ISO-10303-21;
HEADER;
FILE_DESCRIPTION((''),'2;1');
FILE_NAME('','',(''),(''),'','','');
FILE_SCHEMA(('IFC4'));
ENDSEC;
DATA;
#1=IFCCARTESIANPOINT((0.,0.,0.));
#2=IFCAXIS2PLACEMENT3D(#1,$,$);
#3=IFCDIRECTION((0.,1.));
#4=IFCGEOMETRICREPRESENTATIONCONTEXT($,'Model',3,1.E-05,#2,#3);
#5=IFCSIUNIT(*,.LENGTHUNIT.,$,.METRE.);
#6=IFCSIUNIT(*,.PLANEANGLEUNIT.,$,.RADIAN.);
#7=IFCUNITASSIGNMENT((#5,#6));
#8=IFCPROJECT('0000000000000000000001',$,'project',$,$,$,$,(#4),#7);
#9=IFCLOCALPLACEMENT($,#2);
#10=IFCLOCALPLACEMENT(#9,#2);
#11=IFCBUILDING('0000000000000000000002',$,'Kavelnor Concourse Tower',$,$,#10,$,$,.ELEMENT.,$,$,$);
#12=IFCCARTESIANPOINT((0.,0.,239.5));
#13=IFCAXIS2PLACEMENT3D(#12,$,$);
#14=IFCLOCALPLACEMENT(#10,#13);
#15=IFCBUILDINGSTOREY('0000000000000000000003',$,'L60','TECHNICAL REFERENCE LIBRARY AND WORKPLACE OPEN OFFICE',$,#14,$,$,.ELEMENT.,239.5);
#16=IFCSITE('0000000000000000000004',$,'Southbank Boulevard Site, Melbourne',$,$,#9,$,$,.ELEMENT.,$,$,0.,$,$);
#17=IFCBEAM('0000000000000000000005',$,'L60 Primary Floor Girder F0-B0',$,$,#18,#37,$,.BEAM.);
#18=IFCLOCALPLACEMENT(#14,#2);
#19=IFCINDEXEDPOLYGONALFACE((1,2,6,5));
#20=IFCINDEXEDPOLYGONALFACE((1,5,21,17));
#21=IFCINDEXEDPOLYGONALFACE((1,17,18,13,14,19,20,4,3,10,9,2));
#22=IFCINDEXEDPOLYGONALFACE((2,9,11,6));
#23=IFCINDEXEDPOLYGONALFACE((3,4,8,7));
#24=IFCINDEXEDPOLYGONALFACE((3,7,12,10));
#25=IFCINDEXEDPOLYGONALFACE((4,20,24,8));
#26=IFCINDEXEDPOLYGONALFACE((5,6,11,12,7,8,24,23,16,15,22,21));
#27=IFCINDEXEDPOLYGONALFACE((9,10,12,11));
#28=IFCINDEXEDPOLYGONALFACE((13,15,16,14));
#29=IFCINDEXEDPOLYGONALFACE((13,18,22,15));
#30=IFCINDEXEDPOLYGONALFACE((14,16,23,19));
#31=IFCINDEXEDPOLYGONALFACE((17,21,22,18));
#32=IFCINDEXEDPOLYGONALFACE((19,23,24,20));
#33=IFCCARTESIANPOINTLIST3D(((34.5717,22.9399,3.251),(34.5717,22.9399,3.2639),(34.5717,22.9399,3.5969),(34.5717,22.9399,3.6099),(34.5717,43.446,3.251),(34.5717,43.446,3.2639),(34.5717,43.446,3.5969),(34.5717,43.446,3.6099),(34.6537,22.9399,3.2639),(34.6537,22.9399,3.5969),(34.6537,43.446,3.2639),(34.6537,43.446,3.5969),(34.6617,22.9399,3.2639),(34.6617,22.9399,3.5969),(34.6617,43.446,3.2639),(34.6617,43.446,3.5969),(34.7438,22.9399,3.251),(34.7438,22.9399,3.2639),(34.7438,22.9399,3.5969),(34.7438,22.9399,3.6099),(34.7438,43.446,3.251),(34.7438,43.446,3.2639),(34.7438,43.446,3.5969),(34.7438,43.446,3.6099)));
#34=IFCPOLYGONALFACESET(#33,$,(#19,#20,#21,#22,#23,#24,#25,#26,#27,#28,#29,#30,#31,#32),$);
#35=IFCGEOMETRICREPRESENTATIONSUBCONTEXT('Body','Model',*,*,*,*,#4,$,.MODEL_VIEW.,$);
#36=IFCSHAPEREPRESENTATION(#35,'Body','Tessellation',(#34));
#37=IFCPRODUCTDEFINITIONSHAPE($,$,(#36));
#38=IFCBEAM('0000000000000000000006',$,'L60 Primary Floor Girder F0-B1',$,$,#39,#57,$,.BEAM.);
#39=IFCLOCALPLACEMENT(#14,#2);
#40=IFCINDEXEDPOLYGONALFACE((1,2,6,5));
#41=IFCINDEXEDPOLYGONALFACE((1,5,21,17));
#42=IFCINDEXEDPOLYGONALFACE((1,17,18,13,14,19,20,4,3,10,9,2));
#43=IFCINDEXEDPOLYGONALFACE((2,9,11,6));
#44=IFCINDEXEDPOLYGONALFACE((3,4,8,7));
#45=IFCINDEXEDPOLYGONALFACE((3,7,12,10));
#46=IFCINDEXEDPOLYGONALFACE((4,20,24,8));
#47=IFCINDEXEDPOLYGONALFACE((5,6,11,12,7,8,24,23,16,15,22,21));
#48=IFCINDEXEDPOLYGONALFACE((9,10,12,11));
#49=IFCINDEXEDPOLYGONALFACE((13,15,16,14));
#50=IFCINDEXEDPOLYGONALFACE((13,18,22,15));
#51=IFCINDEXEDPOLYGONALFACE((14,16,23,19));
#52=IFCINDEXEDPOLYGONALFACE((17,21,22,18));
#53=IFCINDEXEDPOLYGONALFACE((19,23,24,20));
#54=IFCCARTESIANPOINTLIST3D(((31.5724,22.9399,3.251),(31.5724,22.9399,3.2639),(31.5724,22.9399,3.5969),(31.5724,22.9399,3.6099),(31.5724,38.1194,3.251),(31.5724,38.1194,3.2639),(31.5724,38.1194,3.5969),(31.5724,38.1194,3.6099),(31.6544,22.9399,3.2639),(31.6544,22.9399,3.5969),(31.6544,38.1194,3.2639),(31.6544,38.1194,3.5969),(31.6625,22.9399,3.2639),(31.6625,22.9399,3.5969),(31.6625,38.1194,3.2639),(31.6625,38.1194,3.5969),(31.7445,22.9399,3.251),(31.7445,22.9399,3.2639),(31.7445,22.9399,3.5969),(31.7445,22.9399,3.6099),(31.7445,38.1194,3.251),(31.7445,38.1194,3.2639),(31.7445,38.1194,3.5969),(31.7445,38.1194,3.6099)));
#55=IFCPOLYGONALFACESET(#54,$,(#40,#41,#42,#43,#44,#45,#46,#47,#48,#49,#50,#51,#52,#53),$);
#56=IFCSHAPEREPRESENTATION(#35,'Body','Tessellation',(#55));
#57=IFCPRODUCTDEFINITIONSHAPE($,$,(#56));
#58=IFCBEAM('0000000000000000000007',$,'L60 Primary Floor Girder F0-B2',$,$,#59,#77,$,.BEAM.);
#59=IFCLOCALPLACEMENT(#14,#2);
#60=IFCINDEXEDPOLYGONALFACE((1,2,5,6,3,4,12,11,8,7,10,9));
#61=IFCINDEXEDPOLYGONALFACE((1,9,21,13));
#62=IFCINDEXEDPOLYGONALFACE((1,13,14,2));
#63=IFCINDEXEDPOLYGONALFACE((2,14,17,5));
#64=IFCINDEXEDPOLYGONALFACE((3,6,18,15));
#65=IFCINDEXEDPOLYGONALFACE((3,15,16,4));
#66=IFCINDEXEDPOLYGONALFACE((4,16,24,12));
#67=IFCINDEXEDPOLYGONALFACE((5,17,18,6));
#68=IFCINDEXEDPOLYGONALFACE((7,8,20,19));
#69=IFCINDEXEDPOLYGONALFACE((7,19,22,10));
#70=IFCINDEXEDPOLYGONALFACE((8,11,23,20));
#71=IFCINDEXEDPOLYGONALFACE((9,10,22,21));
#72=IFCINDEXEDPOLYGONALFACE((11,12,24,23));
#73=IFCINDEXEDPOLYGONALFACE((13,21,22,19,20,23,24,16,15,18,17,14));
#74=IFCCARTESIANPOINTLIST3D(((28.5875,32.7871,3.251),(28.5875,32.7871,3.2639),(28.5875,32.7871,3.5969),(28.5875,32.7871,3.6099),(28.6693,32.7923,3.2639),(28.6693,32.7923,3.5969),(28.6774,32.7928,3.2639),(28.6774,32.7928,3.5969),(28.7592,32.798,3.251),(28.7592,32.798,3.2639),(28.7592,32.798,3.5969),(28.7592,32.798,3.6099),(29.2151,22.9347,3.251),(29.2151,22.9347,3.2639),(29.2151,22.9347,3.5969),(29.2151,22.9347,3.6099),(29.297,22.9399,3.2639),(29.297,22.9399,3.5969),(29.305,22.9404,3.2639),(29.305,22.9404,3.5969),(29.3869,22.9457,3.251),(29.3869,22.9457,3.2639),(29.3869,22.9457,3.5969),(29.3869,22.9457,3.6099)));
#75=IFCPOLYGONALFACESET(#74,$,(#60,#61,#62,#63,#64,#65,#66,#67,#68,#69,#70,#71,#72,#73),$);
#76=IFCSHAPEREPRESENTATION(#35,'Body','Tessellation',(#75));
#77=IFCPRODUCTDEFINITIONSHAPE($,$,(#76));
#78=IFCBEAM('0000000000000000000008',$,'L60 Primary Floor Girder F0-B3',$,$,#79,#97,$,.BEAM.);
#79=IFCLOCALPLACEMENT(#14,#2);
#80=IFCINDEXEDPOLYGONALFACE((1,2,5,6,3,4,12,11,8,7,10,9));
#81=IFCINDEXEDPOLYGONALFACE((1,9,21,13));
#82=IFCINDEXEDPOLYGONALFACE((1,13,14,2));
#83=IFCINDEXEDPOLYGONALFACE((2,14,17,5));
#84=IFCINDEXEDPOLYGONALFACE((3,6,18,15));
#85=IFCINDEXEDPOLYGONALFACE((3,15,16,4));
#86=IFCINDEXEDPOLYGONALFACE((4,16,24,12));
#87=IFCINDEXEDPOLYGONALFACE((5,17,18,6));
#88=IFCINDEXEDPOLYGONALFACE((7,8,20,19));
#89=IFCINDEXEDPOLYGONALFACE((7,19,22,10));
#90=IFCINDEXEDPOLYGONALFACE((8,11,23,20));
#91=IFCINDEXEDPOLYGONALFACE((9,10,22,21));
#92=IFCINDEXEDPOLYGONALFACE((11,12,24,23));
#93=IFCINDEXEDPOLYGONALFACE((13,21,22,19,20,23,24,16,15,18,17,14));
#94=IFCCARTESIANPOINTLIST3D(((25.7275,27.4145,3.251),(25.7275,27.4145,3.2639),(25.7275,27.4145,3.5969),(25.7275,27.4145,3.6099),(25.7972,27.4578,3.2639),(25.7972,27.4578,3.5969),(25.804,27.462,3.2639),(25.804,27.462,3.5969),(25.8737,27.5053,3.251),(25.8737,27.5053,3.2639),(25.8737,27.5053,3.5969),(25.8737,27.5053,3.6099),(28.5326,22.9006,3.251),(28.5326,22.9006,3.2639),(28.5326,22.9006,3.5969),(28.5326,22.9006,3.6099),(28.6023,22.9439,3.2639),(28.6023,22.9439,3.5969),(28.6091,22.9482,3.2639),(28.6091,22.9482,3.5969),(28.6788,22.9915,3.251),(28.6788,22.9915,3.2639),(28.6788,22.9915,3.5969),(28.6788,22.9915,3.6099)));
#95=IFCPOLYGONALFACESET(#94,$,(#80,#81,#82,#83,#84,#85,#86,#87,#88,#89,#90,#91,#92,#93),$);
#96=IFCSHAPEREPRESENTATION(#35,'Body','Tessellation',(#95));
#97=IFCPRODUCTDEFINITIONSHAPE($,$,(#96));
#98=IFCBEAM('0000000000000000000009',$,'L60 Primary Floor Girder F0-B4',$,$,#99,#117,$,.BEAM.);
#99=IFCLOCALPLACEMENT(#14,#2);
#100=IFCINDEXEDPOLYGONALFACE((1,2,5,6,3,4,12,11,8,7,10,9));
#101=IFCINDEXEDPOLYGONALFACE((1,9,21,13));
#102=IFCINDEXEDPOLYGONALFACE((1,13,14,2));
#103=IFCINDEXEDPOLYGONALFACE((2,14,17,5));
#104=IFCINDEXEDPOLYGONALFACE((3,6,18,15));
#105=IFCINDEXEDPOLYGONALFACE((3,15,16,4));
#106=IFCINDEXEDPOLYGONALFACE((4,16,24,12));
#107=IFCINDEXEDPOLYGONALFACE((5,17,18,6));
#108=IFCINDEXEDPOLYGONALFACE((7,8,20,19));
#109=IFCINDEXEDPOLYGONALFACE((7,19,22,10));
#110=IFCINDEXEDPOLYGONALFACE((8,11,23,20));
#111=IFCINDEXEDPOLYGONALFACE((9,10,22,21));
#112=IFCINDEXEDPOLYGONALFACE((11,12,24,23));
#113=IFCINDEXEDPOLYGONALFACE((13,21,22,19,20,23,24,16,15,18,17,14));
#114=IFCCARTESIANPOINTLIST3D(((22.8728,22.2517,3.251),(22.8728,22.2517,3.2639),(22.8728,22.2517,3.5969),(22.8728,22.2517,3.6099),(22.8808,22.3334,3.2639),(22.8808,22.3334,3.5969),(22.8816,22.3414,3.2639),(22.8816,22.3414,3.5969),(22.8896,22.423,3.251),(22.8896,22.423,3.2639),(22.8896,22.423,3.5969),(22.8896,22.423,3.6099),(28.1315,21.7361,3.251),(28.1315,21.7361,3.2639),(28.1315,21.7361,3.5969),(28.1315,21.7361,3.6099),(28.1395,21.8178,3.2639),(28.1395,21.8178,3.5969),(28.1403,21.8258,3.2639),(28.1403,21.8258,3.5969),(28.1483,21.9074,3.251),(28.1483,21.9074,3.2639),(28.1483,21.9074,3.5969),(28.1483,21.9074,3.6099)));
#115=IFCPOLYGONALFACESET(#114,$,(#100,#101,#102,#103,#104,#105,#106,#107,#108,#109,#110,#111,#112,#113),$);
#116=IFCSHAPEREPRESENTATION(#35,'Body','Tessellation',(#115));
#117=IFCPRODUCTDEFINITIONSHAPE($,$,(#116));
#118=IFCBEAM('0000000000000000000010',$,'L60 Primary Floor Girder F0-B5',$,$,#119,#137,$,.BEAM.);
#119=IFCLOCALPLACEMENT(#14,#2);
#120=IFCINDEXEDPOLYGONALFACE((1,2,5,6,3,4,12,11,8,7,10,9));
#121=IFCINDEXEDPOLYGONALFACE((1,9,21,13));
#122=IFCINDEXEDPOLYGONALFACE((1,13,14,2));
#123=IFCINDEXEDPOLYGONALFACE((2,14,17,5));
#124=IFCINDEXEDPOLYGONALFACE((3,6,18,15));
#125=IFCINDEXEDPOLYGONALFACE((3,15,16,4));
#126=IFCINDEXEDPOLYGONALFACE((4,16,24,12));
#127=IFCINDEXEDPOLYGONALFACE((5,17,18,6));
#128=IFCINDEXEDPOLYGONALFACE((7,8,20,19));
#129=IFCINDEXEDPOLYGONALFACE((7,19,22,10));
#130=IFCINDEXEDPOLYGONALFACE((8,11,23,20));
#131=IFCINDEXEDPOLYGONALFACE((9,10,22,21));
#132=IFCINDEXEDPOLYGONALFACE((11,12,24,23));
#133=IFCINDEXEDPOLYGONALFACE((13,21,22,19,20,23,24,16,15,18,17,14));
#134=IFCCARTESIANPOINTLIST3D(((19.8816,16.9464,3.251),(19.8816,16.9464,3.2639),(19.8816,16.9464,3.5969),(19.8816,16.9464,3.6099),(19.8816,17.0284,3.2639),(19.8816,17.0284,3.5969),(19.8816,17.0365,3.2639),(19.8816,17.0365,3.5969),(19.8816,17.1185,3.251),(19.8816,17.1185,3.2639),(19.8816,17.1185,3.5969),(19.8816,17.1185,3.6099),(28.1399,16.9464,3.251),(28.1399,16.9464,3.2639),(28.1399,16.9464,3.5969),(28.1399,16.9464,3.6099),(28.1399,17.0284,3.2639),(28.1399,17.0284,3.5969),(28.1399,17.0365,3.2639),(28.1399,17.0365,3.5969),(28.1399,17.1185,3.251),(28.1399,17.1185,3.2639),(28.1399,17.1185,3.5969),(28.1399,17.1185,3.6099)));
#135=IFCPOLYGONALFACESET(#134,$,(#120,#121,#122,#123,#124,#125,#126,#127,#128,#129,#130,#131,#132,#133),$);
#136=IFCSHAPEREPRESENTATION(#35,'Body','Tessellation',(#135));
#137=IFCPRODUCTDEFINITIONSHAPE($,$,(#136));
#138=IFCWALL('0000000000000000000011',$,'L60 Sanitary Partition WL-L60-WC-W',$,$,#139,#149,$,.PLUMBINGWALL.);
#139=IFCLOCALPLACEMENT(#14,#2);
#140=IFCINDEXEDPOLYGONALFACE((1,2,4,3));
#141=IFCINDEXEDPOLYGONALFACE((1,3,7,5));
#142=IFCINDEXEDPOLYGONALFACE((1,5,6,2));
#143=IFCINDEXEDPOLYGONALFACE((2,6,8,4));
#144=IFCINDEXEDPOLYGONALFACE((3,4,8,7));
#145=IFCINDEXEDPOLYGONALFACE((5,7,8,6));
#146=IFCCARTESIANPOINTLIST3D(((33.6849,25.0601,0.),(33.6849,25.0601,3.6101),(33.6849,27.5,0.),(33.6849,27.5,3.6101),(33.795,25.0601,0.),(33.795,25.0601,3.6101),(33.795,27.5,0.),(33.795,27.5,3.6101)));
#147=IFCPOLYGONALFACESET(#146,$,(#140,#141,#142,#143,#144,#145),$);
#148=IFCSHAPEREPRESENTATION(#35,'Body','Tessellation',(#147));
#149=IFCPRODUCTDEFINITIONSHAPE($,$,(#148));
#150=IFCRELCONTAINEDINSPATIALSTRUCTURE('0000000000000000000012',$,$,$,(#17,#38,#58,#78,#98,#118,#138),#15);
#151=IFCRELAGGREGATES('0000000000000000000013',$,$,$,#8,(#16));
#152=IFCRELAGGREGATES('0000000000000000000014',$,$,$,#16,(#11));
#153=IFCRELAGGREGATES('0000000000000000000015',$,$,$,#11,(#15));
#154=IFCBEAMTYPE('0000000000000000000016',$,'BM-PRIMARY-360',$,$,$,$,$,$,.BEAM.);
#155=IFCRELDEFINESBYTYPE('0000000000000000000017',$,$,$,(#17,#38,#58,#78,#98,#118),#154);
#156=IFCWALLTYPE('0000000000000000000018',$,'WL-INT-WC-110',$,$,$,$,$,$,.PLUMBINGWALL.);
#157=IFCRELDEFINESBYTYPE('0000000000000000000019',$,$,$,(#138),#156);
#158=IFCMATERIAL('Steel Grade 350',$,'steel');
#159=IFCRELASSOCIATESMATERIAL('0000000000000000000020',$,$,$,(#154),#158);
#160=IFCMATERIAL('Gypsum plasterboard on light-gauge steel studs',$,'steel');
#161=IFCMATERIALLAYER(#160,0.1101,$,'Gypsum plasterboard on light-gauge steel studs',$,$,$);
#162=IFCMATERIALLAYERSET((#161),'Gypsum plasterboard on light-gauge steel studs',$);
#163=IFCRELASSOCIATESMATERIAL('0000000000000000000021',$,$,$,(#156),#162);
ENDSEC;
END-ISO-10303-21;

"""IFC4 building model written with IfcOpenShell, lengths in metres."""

from ifc_helpers import new_model, si_unit, direction, frame, frame_2d, origin, origin_2d, place, context, subcontext, project, spatial, rectangle, i_section, extrude, material, layer, layer_set, material_profile, profile_set, type_object, element, save


model = new_model("IFC4")

# Units and contexts
model_context = context("Model", 3, precision=1e-05, world=origin(), true_north=direction((0.0, 1.0)))
body_context = subcontext(model_context, "Body", "Model", "MODEL_VIEW")
ifc_project = project(units=[si_unit("LENGTHUNIT", "METRE"), si_unit("PLANEANGLEUNIT", "RADIAN")], contexts=[model_context])

# Site, building, storey
site_placement = place(None, origin())
site = spatial("IfcSite", under=ifc_project, at=site_placement, Name="Southbank Boulevard Site, Melbourne", CompositionType="ELEMENT", RefElevation=0.0)
building_placement = place(site_placement, origin())
building = spatial("IfcBuilding", under=site, at=building_placement, Name="Kavelnor Concourse Tower", CompositionType="ELEMENT")
storey_placement = place(building_placement, frame((0.0, 0.0, 239.5)))
storey = spatial("IfcBuildingStorey", under=building, at=storey_placement, Name="L60", Description="TECHNICAL REFERENCE LIBRARY AND WORKPLACE OPEN OFFICE", CompositionType="ELEMENT", Elevation=239.5)

# Beams
ifc_material_1 = material(Name="Steel Grade 350", Category="steel")
ifc_material_profile = material_profile(ifc_material_1, i_section(OverallWidth=0.1721, OverallDepth=0.3589, WebThickness=0.0081, FlangeThickness=0.0129, at=origin_2d()), Name="360UB56")
ifc_profile_set = profile_set([ifc_material_profile], Name="Steel Grade 350")
beam_type = type_object("IfcBeamType", Name="BM-PRIMARY-360", PredefinedType="BEAM", material=ifc_profile_set)
beam_1_placement = place(storey_placement, frame((34.6577, 22.9399, 3.4304), z_axis=(0.0, 1.0, 0.0), x_axis=(-1.0, 0.0, 0.0)))
element("IfcBeam", 1, at=beam_1_placement, inside=storey, type_object=beam_type, Name="L60 Primary Floor Girder F0-B0", PredefinedType="BEAM", context=body_context, shape_type="SweptSolid", body=[
    extrude(i_section(OverallWidth=0.1721, OverallDepth=0.3589, WebThickness=0.0081, FlangeThickness=0.0129, at=origin_2d()), origin(), (0.0, 0.0, 1.0), 20.5061),
])
beam_2_placement = place(storey_placement, frame((31.6584, 22.9399, 3.4304), z_axis=(0.0, 1.0, 0.0), x_axis=(-1.0, 0.0, 0.0)))
element("IfcBeam", 2, at=beam_2_placement, inside=storey, type_object=beam_type, Name="L60 Primary Floor Girder F0-B1", PredefinedType="BEAM", context=body_context, shape_type="SweptSolid", body=[
    extrude(i_section(OverallWidth=0.1721, OverallDepth=0.3589, WebThickness=0.0081, FlangeThickness=0.0129, at=origin_2d()), origin(), (0.0, 0.0, 1.0), 15.1794),
])
beam_3_placement = place(storey_placement, frame((29.301, 22.9402, 3.4304), z_axis=(-0.063581, 0.997977, 0.0), x_axis=(-0.997977, -0.063581, 0.0)))
element("IfcBeam", 3, at=beam_3_placement, inside=storey, type_object=beam_type, Name="L60 Primary Floor Girder F0-B2", PredefinedType="BEAM", context=body_context, shape_type="SweptSolid", body=[
    extrude(i_section(OverallWidth=0.1721, OverallDepth=0.3589, WebThickness=0.0081, FlangeThickness=0.0129, at=origin_2d()), origin(), (0.0, 0.0, 1.0), 9.8723),
])
beam_4_placement = place(storey_placement, frame((28.6057, 22.946, 3.4304), z_axis=(-0.527829, 0.84935, 0.0), x_axis=(-0.84935, -0.527829, 0.0)))
element("IfcBeam", 4, at=beam_4_placement, inside=storey, type_object=beam_type, Name="L60 Primary Floor Girder F0-B3", PredefinedType="BEAM", context=body_context, shape_type="SweptSolid", body=[
    extrude(i_section(OverallWidth=0.1721, OverallDepth=0.3589, WebThickness=0.0081, FlangeThickness=0.0129, at=origin_2d()), origin(), (0.0, 0.0, 1.0), 5.3145),
])
beam_5_placement = place(storey_placement, frame((28.1399, 21.8218, 3.4304), z_axis=(-0.995227, 0.097582, 0.0), x_axis=(-0.097582, -0.995227, 0.0)))
element("IfcBeam", 5, at=beam_5_placement, inside=storey, type_object=beam_type, Name="L60 Primary Floor Girder F0-B4", PredefinedType="BEAM", context=body_context, shape_type="SweptSolid", body=[
    extrude(i_section(OverallWidth=0.1721, OverallDepth=0.3589, WebThickness=0.0081, FlangeThickness=0.0129, at=origin_2d()), origin(), (0.0, 0.0, 1.0), 5.2839),
])
beam_6_placement = place(storey_placement, frame((28.1399, 17.0325, 3.4304), z_axis=(-1.0, 0.0, 0.0), x_axis=(0.0, -1.0, 0.0)))
element("IfcBeam", 6, at=beam_6_placement, inside=storey, type_object=beam_type, Name="L60 Primary Floor Girder F0-B5", PredefinedType="BEAM", context=body_context, shape_type="SweptSolid", body=[
    extrude(i_section(OverallWidth=0.1721, OverallDepth=0.3589, WebThickness=0.0081, FlangeThickness=0.0129, at=origin_2d()), origin(), (0.0, 0.0, 1.0), 8.2583),
])

# Wall
ifc_material_2 = material(Name="Gypsum plasterboard on light-gauge steel studs", Category="steel")
ifc_layer_1 = layer(ifc_material_2, 0.1101, Name="Gypsum plasterboard on light-gauge steel studs")
ifc_layer_set_1 = layer_set([ifc_layer_1], Name="Gypsum plasterboard on light-gauge steel studs")
wall_type_1 = type_object("IfcWallType", Name="WL-INT-WC-110", PredefinedType="PLUMBINGWALL", material=ifc_layer_set_1)
wall_1_placement = place(storey_placement, frame((33.74, 25.0601, 0.0), z_axis=(0.0, 0.0, 1.0), x_axis=(0.0, 1.0, 0.0)))
element("IfcWall", 7, at=wall_1_placement, inside=storey, type_object=wall_type_1, Name="L60 Sanitary Partition WL-L60-WC-W", PredefinedType="PLUMBINGWALL", context=body_context, shape_type="SweptSolid", body=[
    extrude(rectangle(XDim=2.4399, YDim=0.1101, at=frame_2d((1.22, 0.0))), origin(), (0.0, 0.0, 1.0), 3.6101),
])

save(model, "model.ifc")
